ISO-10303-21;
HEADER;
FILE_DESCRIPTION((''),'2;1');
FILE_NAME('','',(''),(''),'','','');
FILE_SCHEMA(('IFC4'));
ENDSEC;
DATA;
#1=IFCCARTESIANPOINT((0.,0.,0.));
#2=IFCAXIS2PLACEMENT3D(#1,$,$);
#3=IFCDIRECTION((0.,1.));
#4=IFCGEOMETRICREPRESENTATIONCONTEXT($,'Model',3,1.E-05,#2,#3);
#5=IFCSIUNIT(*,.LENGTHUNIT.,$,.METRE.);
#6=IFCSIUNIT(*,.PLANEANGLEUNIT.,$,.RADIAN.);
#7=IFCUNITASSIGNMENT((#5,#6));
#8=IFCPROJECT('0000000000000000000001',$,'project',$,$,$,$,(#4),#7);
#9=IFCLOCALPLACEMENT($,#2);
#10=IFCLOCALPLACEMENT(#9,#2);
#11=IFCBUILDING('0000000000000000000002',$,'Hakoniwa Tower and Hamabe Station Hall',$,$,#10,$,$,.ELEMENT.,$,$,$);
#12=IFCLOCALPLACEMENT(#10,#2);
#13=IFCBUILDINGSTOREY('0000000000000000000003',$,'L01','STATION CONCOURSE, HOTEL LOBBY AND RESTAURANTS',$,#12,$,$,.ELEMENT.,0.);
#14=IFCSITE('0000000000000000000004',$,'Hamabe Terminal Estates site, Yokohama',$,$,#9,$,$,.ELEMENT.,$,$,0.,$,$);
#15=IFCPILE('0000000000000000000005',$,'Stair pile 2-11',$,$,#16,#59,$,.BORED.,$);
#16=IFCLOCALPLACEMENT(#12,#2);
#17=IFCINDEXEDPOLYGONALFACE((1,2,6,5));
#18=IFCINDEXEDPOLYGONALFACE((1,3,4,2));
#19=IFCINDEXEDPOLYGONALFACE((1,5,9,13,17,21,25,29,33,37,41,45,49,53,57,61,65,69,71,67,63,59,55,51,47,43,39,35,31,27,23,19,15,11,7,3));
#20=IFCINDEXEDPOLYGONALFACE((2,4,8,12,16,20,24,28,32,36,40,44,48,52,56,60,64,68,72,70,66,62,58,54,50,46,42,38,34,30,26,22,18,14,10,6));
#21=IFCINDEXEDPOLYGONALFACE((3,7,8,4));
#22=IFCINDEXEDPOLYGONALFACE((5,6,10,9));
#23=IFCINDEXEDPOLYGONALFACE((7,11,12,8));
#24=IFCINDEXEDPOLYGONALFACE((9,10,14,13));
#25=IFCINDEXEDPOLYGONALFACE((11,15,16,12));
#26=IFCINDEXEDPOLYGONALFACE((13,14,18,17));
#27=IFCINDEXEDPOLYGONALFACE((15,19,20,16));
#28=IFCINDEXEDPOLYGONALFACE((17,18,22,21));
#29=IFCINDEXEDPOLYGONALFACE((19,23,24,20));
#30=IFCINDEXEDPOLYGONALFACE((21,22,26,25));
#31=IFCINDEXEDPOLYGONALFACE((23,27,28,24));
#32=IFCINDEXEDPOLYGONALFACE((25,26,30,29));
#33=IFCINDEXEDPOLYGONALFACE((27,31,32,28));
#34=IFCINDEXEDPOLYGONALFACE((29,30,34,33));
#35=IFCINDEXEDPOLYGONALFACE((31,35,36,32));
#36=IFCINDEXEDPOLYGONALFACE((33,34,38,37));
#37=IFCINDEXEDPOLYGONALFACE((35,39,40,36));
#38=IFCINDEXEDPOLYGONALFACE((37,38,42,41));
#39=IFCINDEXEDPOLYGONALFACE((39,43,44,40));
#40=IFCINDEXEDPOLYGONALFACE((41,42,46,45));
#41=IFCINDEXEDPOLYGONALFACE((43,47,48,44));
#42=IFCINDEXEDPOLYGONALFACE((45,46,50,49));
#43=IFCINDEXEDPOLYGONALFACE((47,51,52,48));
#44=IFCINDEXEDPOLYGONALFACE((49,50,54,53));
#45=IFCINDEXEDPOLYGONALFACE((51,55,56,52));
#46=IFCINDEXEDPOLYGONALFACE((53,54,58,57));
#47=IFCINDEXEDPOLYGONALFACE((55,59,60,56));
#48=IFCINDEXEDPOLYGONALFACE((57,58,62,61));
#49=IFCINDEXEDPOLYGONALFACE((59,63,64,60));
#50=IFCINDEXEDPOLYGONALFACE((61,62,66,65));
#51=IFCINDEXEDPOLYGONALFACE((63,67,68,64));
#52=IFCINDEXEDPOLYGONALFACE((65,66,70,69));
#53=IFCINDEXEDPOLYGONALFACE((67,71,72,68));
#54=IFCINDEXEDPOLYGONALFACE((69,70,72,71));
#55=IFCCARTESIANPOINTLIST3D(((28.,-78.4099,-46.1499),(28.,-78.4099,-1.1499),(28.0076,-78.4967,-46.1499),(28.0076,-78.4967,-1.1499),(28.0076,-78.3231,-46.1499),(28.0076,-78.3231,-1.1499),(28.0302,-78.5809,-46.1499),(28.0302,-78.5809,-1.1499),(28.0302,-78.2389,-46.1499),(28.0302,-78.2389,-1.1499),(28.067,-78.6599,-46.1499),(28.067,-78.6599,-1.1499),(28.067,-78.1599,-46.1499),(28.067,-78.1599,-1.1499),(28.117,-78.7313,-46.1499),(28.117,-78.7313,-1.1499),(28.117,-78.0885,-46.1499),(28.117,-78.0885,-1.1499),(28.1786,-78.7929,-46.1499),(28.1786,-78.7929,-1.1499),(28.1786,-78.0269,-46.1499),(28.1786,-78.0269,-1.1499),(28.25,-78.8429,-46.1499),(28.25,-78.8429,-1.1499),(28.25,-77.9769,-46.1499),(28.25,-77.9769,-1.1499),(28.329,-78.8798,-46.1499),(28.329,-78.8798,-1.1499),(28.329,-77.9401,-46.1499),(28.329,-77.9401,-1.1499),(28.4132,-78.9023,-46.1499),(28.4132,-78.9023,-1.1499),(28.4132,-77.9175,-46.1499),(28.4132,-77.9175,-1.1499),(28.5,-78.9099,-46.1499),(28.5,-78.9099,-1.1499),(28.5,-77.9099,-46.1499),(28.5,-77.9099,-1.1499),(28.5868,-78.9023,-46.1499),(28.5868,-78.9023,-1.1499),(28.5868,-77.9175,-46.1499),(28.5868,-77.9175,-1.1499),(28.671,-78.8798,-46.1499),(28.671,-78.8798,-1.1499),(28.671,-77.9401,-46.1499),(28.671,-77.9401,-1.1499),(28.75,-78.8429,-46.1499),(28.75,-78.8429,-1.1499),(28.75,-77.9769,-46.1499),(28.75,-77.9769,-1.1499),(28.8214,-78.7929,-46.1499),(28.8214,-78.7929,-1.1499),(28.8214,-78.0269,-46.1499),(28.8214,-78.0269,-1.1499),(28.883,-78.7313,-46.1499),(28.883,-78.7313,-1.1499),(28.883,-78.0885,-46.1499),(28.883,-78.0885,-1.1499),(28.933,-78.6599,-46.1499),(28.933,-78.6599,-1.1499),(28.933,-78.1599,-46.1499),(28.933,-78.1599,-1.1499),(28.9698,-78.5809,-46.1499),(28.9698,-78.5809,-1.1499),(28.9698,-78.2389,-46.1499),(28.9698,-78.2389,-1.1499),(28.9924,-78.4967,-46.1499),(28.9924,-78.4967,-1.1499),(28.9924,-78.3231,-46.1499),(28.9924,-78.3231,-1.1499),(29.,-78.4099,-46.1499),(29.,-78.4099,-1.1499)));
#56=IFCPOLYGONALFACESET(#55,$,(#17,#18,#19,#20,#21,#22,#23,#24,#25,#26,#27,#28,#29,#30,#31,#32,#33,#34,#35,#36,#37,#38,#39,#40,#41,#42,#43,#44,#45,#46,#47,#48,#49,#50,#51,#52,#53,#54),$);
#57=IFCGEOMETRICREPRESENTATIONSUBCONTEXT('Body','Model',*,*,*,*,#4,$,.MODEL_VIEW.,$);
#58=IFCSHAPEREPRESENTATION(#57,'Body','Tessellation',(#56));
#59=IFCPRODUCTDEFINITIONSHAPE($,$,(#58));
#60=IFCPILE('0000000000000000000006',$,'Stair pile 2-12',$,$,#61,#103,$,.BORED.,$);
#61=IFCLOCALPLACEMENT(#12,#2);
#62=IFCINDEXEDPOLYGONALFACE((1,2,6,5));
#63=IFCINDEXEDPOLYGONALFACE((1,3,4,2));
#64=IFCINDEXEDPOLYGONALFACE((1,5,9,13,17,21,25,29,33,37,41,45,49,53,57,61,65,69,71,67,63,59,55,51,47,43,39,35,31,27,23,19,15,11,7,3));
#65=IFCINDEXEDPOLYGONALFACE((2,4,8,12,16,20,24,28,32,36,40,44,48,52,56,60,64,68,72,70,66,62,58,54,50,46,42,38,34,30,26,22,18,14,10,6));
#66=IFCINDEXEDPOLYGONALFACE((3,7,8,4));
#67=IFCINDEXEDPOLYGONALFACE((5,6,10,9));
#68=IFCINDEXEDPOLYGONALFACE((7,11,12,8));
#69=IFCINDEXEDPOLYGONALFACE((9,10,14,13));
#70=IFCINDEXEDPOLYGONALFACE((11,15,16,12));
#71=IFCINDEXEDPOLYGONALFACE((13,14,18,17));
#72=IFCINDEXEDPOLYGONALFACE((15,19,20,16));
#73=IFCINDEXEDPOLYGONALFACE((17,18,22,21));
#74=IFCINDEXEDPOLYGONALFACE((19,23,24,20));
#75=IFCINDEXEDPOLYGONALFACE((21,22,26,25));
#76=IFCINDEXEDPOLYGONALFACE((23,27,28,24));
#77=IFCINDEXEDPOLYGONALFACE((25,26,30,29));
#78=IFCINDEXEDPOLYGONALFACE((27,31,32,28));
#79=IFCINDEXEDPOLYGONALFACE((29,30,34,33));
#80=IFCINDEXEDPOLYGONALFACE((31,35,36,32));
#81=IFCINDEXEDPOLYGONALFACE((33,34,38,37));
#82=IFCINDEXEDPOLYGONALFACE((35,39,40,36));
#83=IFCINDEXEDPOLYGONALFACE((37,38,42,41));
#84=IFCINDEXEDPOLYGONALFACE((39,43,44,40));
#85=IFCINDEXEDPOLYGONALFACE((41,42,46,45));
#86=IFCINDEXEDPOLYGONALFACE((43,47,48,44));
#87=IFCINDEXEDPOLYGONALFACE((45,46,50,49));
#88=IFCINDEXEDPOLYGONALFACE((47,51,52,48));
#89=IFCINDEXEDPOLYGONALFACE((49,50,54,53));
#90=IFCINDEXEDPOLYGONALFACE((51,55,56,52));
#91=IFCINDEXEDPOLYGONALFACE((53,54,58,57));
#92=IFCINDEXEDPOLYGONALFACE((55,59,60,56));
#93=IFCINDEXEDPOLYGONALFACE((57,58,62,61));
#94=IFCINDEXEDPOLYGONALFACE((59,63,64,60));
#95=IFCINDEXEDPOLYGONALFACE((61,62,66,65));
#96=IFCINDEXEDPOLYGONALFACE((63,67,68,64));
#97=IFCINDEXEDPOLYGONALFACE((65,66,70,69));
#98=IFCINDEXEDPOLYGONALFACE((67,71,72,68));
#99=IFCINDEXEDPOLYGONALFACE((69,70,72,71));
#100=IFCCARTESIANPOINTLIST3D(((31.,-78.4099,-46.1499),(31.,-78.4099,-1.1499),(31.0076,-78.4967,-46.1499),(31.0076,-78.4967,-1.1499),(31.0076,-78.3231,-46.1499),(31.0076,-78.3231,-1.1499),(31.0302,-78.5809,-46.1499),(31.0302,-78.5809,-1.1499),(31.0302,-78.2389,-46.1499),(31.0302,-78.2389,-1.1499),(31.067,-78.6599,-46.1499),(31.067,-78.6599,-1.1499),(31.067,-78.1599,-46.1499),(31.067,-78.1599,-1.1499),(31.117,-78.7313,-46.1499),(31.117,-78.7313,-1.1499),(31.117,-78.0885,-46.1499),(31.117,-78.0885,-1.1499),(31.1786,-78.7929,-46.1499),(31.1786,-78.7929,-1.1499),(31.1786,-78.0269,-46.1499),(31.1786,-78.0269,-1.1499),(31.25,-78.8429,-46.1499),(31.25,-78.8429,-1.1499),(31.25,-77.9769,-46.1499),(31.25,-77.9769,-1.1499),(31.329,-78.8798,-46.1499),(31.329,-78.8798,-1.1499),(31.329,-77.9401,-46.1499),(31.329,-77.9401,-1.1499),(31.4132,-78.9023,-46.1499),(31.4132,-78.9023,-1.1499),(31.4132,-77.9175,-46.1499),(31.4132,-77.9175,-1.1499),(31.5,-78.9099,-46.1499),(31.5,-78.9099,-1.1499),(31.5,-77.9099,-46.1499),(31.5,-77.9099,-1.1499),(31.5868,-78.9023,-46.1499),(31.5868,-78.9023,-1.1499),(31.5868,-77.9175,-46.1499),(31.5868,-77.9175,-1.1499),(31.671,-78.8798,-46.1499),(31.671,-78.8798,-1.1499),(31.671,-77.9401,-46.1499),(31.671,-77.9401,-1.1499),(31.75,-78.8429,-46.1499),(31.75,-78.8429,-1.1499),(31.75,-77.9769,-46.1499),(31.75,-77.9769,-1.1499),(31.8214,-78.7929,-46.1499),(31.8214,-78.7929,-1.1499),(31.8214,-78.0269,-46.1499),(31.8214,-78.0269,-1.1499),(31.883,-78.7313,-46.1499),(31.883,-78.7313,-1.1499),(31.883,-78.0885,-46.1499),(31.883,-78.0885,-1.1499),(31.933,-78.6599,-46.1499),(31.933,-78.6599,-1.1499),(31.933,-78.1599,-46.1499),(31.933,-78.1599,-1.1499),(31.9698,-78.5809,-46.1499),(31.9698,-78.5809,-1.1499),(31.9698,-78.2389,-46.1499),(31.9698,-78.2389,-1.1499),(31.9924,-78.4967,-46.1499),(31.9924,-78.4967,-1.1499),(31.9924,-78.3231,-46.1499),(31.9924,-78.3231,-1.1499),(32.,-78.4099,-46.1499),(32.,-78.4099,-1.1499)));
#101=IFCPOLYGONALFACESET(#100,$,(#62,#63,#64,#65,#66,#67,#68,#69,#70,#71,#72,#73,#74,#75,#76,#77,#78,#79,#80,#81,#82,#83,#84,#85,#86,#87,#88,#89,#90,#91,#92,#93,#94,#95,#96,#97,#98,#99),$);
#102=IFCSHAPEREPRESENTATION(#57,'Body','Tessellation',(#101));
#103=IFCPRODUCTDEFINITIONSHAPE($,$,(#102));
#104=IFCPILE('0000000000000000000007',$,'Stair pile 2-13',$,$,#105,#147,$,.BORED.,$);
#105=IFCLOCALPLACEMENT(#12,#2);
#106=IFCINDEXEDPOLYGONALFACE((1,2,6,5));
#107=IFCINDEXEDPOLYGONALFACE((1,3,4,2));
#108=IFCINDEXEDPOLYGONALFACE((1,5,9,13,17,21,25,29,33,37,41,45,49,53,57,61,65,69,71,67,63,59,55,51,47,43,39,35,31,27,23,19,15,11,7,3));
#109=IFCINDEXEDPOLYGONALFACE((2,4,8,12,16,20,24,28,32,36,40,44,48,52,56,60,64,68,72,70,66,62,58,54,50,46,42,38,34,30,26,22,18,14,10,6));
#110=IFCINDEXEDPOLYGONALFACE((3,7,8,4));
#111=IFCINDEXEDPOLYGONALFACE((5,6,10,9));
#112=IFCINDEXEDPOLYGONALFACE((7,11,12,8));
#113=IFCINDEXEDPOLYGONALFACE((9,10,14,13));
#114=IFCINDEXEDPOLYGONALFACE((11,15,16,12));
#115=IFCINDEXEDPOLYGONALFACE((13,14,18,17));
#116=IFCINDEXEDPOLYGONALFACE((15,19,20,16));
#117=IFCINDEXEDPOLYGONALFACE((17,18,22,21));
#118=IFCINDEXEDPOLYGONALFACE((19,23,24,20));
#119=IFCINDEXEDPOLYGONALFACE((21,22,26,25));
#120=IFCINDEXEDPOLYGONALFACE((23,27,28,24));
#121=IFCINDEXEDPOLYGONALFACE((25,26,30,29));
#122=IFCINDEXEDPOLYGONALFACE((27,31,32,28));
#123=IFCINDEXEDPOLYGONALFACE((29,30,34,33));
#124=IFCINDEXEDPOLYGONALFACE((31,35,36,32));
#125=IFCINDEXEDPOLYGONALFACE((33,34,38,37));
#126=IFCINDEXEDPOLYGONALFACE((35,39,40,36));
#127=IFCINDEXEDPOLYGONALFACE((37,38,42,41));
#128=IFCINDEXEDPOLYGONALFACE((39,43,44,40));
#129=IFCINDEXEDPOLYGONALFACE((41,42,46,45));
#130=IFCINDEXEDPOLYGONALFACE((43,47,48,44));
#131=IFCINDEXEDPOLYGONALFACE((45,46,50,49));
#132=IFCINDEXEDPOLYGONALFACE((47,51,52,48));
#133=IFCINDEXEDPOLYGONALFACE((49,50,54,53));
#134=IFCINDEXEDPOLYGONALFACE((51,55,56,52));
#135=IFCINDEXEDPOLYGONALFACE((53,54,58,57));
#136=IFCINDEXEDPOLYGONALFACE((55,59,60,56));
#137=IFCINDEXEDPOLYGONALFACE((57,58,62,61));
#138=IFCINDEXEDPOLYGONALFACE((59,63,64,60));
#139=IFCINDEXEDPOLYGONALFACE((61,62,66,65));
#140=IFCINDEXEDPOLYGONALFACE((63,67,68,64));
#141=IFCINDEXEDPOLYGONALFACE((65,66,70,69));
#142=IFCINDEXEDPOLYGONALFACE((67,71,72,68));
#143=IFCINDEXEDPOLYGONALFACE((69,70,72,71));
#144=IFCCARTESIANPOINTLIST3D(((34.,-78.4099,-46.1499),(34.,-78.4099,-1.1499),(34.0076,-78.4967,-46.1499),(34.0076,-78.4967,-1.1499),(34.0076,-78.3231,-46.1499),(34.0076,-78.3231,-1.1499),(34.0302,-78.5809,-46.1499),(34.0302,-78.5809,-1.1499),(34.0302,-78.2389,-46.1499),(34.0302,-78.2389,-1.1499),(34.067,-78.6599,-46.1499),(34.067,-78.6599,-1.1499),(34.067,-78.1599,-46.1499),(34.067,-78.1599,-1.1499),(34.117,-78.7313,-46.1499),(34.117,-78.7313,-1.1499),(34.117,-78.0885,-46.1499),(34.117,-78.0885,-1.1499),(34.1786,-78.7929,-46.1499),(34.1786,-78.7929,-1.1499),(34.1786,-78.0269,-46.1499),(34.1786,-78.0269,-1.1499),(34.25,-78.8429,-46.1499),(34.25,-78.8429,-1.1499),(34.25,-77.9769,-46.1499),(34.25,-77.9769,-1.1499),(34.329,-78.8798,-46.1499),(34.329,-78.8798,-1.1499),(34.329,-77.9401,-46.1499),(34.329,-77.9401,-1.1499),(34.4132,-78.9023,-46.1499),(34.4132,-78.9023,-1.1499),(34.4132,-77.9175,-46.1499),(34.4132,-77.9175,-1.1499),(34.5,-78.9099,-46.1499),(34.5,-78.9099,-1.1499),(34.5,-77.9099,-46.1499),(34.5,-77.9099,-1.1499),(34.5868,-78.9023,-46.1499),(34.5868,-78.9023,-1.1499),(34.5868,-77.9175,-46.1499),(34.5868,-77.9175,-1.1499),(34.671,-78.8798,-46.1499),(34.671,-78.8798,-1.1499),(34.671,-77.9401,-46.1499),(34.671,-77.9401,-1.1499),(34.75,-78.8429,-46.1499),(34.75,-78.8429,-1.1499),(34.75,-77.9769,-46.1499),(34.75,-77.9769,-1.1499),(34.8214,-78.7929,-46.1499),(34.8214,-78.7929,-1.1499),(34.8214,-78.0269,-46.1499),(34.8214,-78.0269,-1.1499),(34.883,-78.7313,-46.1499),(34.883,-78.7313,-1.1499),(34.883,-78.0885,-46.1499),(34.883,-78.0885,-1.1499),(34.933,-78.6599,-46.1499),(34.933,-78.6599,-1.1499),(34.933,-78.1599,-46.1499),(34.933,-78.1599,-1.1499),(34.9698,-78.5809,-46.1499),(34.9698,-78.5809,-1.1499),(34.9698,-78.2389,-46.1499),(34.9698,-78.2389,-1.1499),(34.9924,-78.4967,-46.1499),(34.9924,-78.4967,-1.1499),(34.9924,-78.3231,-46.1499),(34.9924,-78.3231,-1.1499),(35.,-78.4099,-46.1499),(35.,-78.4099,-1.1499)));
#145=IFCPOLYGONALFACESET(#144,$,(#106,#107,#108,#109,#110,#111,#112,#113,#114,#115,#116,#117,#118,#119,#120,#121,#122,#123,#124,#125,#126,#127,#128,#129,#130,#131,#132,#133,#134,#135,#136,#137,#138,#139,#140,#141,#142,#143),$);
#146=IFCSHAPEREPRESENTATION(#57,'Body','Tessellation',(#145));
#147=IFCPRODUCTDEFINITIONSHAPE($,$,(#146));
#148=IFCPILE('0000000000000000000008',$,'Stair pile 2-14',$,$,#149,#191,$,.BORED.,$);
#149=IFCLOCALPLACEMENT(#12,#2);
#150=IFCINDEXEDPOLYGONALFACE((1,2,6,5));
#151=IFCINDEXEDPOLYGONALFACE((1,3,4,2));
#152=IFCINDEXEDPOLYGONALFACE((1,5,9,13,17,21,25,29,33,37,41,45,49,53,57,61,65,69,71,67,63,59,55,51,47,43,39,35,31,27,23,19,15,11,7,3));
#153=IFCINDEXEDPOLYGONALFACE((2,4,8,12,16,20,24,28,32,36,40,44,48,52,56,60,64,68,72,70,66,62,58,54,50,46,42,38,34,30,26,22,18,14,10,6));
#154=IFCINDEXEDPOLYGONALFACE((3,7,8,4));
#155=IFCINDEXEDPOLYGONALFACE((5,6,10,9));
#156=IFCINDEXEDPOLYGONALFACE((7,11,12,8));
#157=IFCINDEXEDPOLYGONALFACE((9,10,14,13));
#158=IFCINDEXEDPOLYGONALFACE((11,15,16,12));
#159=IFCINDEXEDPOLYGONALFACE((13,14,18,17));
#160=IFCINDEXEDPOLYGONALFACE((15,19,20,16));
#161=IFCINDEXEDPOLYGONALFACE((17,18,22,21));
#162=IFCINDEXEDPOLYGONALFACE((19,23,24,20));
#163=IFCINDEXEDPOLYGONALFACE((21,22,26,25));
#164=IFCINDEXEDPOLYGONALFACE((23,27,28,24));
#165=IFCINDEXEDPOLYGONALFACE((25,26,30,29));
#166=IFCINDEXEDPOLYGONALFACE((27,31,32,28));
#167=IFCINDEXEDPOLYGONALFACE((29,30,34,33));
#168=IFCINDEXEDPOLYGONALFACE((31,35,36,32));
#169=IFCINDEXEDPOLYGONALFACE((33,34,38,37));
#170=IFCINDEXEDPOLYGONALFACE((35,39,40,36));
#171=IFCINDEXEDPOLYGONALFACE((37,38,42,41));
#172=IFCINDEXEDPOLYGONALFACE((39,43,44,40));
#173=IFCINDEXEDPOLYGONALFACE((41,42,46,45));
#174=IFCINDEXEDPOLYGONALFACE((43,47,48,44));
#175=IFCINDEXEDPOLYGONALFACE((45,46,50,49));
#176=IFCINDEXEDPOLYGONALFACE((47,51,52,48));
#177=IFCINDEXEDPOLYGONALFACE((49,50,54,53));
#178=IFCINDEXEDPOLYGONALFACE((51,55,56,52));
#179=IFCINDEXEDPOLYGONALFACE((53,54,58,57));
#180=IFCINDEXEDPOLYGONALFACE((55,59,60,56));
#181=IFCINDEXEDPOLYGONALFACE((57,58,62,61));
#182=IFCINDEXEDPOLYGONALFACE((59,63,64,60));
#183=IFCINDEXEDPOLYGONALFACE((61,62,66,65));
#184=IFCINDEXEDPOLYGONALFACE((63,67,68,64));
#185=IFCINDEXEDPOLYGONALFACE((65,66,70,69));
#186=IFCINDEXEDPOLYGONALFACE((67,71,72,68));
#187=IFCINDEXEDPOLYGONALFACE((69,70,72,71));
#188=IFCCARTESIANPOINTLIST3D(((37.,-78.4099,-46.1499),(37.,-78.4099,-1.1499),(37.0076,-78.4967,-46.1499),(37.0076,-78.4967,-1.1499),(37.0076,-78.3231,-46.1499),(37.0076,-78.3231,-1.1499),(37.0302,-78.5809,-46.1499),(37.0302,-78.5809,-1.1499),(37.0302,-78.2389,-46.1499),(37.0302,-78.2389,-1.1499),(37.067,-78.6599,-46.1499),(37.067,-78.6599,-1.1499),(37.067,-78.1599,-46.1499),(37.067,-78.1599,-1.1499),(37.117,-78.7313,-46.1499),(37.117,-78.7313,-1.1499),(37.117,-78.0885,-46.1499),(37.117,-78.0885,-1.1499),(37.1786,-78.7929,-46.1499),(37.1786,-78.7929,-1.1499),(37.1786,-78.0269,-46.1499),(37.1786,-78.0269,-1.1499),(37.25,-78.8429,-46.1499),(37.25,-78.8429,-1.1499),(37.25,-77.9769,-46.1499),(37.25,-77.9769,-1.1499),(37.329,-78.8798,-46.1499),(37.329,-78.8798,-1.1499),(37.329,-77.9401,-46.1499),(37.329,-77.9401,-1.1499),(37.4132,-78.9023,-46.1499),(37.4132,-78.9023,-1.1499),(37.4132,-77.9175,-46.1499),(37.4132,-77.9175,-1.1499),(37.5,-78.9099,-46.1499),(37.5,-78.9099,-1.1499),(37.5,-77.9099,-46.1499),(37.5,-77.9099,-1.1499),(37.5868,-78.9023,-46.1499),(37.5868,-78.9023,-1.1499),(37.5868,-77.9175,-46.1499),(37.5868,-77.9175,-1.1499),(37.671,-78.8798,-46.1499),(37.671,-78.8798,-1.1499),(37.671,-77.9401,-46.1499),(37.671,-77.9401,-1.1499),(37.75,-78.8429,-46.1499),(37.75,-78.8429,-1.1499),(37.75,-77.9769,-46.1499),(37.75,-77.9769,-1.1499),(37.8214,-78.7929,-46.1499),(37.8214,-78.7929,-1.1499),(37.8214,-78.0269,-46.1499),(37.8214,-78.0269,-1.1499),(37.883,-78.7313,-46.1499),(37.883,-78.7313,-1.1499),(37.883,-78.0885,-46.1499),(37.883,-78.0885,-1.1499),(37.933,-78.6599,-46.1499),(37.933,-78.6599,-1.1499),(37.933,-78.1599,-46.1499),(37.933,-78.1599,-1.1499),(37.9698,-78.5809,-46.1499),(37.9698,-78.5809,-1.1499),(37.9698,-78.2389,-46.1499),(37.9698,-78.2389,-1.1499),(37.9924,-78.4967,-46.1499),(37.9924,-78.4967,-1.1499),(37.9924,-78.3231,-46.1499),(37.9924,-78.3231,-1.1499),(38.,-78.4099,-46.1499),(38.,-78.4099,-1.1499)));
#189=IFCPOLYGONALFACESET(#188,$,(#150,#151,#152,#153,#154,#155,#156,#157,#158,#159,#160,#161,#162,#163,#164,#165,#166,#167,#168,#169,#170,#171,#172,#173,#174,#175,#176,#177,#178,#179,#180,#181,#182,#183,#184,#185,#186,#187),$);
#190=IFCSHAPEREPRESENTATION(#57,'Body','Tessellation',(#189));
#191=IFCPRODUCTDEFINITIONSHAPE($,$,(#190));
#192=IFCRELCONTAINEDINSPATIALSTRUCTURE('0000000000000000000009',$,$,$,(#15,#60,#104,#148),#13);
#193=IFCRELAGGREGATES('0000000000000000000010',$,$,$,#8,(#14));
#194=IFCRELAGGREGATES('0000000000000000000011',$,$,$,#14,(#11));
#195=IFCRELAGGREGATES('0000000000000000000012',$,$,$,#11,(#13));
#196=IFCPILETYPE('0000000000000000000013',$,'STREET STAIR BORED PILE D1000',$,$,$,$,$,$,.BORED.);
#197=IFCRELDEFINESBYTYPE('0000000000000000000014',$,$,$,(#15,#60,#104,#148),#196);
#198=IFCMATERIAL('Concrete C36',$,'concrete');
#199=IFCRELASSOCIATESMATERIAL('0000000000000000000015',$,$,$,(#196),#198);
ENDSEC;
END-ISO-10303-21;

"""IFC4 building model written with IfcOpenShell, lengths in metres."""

from ifc_helpers import new_model, si_unit, direction, frame, origin, origin_2d, place, context, subcontext, project, spatial, circle, extrude, material, material_profile, profile_set, type_object, element, save


model = new_model("IFC4")

# Units and contexts
model_context = context("Model", 3, precision=1e-05, world=origin(), true_north=direction((0.0, 1.0)))
body_context = subcontext(model_context, "Body", "Model", "MODEL_VIEW")
ifc_project = project(units=[si_unit("LENGTHUNIT", "METRE"), si_unit("PLANEANGLEUNIT", "RADIAN")], contexts=[model_context])

# Site, building, storey
site_placement = place(None, origin())
site = spatial("IfcSite", under=ifc_project, at=site_placement, Name="Hamabe Terminal Estates site, Yokohama", CompositionType="ELEMENT", RefElevation=0.0)
building_placement = place(site_placement, origin())
building = spatial("IfcBuilding", under=site, at=building_placement, Name="Hakoniwa Tower and Hamabe Station Hall", CompositionType="ELEMENT")
storey_placement = place(building_placement, origin())
storey = spatial("IfcBuildingStorey", under=building, at=storey_placement, Name="L01", Description="STATION CONCOURSE, HOTEL LOBBY AND RESTAURANTS", CompositionType="ELEMENT", Elevation=0.0)

# Piles
ifc_material_1 = material(Name="Concrete C36", Category="concrete")
ifc_material_profile = material_profile(ifc_material_1, circle(Radius=0.5, at=origin_2d()), Name="STREET STAIR BORED PILE D1000")
ifc_profile_set = profile_set([ifc_material_profile], Name="Concrete C36")
pile_type = type_object("IfcPileType", Name="STREET STAIR BORED PILE D1000", PredefinedType="BORED", material=ifc_profile_set)
for number, where, z_axis, x_axis, name in (
    (1, (28.5, -78.4099, -1.1499), (0.0, 0.0, -1.0), (1.0, 0.0, 0.0), "Stair pile 2-11"),
    (2, (31.5, -78.4099, -1.1499), (0.0, 0.0, -1.0), (1.0, 0.0, 0.0), "Stair pile 2-12"),
    (3, (34.5, -78.4099, -1.1499), (0.0, 0.0, -1.0), (1.0, 0.0, 0.0), "Stair pile 2-13"),
    (4, (37.5, -78.4099, -1.1499), (0.0, 0.0, -1.0), (1.0, 0.0, 0.0), "Stair pile 2-14"),
):
    element("IfcPile", number, at=place(storey_placement, frame(where, z_axis=z_axis, x_axis=x_axis)), inside=storey, type_object=pile_type, Name=name, PredefinedType="BORED", context=body_context, shape_type="SweptSolid", body=[
        extrude(circle(Radius=0.5, at=origin_2d()), origin(), (0.0, 0.0, 1.0), 45.0),
    ])

save(model, "model.ifc")
